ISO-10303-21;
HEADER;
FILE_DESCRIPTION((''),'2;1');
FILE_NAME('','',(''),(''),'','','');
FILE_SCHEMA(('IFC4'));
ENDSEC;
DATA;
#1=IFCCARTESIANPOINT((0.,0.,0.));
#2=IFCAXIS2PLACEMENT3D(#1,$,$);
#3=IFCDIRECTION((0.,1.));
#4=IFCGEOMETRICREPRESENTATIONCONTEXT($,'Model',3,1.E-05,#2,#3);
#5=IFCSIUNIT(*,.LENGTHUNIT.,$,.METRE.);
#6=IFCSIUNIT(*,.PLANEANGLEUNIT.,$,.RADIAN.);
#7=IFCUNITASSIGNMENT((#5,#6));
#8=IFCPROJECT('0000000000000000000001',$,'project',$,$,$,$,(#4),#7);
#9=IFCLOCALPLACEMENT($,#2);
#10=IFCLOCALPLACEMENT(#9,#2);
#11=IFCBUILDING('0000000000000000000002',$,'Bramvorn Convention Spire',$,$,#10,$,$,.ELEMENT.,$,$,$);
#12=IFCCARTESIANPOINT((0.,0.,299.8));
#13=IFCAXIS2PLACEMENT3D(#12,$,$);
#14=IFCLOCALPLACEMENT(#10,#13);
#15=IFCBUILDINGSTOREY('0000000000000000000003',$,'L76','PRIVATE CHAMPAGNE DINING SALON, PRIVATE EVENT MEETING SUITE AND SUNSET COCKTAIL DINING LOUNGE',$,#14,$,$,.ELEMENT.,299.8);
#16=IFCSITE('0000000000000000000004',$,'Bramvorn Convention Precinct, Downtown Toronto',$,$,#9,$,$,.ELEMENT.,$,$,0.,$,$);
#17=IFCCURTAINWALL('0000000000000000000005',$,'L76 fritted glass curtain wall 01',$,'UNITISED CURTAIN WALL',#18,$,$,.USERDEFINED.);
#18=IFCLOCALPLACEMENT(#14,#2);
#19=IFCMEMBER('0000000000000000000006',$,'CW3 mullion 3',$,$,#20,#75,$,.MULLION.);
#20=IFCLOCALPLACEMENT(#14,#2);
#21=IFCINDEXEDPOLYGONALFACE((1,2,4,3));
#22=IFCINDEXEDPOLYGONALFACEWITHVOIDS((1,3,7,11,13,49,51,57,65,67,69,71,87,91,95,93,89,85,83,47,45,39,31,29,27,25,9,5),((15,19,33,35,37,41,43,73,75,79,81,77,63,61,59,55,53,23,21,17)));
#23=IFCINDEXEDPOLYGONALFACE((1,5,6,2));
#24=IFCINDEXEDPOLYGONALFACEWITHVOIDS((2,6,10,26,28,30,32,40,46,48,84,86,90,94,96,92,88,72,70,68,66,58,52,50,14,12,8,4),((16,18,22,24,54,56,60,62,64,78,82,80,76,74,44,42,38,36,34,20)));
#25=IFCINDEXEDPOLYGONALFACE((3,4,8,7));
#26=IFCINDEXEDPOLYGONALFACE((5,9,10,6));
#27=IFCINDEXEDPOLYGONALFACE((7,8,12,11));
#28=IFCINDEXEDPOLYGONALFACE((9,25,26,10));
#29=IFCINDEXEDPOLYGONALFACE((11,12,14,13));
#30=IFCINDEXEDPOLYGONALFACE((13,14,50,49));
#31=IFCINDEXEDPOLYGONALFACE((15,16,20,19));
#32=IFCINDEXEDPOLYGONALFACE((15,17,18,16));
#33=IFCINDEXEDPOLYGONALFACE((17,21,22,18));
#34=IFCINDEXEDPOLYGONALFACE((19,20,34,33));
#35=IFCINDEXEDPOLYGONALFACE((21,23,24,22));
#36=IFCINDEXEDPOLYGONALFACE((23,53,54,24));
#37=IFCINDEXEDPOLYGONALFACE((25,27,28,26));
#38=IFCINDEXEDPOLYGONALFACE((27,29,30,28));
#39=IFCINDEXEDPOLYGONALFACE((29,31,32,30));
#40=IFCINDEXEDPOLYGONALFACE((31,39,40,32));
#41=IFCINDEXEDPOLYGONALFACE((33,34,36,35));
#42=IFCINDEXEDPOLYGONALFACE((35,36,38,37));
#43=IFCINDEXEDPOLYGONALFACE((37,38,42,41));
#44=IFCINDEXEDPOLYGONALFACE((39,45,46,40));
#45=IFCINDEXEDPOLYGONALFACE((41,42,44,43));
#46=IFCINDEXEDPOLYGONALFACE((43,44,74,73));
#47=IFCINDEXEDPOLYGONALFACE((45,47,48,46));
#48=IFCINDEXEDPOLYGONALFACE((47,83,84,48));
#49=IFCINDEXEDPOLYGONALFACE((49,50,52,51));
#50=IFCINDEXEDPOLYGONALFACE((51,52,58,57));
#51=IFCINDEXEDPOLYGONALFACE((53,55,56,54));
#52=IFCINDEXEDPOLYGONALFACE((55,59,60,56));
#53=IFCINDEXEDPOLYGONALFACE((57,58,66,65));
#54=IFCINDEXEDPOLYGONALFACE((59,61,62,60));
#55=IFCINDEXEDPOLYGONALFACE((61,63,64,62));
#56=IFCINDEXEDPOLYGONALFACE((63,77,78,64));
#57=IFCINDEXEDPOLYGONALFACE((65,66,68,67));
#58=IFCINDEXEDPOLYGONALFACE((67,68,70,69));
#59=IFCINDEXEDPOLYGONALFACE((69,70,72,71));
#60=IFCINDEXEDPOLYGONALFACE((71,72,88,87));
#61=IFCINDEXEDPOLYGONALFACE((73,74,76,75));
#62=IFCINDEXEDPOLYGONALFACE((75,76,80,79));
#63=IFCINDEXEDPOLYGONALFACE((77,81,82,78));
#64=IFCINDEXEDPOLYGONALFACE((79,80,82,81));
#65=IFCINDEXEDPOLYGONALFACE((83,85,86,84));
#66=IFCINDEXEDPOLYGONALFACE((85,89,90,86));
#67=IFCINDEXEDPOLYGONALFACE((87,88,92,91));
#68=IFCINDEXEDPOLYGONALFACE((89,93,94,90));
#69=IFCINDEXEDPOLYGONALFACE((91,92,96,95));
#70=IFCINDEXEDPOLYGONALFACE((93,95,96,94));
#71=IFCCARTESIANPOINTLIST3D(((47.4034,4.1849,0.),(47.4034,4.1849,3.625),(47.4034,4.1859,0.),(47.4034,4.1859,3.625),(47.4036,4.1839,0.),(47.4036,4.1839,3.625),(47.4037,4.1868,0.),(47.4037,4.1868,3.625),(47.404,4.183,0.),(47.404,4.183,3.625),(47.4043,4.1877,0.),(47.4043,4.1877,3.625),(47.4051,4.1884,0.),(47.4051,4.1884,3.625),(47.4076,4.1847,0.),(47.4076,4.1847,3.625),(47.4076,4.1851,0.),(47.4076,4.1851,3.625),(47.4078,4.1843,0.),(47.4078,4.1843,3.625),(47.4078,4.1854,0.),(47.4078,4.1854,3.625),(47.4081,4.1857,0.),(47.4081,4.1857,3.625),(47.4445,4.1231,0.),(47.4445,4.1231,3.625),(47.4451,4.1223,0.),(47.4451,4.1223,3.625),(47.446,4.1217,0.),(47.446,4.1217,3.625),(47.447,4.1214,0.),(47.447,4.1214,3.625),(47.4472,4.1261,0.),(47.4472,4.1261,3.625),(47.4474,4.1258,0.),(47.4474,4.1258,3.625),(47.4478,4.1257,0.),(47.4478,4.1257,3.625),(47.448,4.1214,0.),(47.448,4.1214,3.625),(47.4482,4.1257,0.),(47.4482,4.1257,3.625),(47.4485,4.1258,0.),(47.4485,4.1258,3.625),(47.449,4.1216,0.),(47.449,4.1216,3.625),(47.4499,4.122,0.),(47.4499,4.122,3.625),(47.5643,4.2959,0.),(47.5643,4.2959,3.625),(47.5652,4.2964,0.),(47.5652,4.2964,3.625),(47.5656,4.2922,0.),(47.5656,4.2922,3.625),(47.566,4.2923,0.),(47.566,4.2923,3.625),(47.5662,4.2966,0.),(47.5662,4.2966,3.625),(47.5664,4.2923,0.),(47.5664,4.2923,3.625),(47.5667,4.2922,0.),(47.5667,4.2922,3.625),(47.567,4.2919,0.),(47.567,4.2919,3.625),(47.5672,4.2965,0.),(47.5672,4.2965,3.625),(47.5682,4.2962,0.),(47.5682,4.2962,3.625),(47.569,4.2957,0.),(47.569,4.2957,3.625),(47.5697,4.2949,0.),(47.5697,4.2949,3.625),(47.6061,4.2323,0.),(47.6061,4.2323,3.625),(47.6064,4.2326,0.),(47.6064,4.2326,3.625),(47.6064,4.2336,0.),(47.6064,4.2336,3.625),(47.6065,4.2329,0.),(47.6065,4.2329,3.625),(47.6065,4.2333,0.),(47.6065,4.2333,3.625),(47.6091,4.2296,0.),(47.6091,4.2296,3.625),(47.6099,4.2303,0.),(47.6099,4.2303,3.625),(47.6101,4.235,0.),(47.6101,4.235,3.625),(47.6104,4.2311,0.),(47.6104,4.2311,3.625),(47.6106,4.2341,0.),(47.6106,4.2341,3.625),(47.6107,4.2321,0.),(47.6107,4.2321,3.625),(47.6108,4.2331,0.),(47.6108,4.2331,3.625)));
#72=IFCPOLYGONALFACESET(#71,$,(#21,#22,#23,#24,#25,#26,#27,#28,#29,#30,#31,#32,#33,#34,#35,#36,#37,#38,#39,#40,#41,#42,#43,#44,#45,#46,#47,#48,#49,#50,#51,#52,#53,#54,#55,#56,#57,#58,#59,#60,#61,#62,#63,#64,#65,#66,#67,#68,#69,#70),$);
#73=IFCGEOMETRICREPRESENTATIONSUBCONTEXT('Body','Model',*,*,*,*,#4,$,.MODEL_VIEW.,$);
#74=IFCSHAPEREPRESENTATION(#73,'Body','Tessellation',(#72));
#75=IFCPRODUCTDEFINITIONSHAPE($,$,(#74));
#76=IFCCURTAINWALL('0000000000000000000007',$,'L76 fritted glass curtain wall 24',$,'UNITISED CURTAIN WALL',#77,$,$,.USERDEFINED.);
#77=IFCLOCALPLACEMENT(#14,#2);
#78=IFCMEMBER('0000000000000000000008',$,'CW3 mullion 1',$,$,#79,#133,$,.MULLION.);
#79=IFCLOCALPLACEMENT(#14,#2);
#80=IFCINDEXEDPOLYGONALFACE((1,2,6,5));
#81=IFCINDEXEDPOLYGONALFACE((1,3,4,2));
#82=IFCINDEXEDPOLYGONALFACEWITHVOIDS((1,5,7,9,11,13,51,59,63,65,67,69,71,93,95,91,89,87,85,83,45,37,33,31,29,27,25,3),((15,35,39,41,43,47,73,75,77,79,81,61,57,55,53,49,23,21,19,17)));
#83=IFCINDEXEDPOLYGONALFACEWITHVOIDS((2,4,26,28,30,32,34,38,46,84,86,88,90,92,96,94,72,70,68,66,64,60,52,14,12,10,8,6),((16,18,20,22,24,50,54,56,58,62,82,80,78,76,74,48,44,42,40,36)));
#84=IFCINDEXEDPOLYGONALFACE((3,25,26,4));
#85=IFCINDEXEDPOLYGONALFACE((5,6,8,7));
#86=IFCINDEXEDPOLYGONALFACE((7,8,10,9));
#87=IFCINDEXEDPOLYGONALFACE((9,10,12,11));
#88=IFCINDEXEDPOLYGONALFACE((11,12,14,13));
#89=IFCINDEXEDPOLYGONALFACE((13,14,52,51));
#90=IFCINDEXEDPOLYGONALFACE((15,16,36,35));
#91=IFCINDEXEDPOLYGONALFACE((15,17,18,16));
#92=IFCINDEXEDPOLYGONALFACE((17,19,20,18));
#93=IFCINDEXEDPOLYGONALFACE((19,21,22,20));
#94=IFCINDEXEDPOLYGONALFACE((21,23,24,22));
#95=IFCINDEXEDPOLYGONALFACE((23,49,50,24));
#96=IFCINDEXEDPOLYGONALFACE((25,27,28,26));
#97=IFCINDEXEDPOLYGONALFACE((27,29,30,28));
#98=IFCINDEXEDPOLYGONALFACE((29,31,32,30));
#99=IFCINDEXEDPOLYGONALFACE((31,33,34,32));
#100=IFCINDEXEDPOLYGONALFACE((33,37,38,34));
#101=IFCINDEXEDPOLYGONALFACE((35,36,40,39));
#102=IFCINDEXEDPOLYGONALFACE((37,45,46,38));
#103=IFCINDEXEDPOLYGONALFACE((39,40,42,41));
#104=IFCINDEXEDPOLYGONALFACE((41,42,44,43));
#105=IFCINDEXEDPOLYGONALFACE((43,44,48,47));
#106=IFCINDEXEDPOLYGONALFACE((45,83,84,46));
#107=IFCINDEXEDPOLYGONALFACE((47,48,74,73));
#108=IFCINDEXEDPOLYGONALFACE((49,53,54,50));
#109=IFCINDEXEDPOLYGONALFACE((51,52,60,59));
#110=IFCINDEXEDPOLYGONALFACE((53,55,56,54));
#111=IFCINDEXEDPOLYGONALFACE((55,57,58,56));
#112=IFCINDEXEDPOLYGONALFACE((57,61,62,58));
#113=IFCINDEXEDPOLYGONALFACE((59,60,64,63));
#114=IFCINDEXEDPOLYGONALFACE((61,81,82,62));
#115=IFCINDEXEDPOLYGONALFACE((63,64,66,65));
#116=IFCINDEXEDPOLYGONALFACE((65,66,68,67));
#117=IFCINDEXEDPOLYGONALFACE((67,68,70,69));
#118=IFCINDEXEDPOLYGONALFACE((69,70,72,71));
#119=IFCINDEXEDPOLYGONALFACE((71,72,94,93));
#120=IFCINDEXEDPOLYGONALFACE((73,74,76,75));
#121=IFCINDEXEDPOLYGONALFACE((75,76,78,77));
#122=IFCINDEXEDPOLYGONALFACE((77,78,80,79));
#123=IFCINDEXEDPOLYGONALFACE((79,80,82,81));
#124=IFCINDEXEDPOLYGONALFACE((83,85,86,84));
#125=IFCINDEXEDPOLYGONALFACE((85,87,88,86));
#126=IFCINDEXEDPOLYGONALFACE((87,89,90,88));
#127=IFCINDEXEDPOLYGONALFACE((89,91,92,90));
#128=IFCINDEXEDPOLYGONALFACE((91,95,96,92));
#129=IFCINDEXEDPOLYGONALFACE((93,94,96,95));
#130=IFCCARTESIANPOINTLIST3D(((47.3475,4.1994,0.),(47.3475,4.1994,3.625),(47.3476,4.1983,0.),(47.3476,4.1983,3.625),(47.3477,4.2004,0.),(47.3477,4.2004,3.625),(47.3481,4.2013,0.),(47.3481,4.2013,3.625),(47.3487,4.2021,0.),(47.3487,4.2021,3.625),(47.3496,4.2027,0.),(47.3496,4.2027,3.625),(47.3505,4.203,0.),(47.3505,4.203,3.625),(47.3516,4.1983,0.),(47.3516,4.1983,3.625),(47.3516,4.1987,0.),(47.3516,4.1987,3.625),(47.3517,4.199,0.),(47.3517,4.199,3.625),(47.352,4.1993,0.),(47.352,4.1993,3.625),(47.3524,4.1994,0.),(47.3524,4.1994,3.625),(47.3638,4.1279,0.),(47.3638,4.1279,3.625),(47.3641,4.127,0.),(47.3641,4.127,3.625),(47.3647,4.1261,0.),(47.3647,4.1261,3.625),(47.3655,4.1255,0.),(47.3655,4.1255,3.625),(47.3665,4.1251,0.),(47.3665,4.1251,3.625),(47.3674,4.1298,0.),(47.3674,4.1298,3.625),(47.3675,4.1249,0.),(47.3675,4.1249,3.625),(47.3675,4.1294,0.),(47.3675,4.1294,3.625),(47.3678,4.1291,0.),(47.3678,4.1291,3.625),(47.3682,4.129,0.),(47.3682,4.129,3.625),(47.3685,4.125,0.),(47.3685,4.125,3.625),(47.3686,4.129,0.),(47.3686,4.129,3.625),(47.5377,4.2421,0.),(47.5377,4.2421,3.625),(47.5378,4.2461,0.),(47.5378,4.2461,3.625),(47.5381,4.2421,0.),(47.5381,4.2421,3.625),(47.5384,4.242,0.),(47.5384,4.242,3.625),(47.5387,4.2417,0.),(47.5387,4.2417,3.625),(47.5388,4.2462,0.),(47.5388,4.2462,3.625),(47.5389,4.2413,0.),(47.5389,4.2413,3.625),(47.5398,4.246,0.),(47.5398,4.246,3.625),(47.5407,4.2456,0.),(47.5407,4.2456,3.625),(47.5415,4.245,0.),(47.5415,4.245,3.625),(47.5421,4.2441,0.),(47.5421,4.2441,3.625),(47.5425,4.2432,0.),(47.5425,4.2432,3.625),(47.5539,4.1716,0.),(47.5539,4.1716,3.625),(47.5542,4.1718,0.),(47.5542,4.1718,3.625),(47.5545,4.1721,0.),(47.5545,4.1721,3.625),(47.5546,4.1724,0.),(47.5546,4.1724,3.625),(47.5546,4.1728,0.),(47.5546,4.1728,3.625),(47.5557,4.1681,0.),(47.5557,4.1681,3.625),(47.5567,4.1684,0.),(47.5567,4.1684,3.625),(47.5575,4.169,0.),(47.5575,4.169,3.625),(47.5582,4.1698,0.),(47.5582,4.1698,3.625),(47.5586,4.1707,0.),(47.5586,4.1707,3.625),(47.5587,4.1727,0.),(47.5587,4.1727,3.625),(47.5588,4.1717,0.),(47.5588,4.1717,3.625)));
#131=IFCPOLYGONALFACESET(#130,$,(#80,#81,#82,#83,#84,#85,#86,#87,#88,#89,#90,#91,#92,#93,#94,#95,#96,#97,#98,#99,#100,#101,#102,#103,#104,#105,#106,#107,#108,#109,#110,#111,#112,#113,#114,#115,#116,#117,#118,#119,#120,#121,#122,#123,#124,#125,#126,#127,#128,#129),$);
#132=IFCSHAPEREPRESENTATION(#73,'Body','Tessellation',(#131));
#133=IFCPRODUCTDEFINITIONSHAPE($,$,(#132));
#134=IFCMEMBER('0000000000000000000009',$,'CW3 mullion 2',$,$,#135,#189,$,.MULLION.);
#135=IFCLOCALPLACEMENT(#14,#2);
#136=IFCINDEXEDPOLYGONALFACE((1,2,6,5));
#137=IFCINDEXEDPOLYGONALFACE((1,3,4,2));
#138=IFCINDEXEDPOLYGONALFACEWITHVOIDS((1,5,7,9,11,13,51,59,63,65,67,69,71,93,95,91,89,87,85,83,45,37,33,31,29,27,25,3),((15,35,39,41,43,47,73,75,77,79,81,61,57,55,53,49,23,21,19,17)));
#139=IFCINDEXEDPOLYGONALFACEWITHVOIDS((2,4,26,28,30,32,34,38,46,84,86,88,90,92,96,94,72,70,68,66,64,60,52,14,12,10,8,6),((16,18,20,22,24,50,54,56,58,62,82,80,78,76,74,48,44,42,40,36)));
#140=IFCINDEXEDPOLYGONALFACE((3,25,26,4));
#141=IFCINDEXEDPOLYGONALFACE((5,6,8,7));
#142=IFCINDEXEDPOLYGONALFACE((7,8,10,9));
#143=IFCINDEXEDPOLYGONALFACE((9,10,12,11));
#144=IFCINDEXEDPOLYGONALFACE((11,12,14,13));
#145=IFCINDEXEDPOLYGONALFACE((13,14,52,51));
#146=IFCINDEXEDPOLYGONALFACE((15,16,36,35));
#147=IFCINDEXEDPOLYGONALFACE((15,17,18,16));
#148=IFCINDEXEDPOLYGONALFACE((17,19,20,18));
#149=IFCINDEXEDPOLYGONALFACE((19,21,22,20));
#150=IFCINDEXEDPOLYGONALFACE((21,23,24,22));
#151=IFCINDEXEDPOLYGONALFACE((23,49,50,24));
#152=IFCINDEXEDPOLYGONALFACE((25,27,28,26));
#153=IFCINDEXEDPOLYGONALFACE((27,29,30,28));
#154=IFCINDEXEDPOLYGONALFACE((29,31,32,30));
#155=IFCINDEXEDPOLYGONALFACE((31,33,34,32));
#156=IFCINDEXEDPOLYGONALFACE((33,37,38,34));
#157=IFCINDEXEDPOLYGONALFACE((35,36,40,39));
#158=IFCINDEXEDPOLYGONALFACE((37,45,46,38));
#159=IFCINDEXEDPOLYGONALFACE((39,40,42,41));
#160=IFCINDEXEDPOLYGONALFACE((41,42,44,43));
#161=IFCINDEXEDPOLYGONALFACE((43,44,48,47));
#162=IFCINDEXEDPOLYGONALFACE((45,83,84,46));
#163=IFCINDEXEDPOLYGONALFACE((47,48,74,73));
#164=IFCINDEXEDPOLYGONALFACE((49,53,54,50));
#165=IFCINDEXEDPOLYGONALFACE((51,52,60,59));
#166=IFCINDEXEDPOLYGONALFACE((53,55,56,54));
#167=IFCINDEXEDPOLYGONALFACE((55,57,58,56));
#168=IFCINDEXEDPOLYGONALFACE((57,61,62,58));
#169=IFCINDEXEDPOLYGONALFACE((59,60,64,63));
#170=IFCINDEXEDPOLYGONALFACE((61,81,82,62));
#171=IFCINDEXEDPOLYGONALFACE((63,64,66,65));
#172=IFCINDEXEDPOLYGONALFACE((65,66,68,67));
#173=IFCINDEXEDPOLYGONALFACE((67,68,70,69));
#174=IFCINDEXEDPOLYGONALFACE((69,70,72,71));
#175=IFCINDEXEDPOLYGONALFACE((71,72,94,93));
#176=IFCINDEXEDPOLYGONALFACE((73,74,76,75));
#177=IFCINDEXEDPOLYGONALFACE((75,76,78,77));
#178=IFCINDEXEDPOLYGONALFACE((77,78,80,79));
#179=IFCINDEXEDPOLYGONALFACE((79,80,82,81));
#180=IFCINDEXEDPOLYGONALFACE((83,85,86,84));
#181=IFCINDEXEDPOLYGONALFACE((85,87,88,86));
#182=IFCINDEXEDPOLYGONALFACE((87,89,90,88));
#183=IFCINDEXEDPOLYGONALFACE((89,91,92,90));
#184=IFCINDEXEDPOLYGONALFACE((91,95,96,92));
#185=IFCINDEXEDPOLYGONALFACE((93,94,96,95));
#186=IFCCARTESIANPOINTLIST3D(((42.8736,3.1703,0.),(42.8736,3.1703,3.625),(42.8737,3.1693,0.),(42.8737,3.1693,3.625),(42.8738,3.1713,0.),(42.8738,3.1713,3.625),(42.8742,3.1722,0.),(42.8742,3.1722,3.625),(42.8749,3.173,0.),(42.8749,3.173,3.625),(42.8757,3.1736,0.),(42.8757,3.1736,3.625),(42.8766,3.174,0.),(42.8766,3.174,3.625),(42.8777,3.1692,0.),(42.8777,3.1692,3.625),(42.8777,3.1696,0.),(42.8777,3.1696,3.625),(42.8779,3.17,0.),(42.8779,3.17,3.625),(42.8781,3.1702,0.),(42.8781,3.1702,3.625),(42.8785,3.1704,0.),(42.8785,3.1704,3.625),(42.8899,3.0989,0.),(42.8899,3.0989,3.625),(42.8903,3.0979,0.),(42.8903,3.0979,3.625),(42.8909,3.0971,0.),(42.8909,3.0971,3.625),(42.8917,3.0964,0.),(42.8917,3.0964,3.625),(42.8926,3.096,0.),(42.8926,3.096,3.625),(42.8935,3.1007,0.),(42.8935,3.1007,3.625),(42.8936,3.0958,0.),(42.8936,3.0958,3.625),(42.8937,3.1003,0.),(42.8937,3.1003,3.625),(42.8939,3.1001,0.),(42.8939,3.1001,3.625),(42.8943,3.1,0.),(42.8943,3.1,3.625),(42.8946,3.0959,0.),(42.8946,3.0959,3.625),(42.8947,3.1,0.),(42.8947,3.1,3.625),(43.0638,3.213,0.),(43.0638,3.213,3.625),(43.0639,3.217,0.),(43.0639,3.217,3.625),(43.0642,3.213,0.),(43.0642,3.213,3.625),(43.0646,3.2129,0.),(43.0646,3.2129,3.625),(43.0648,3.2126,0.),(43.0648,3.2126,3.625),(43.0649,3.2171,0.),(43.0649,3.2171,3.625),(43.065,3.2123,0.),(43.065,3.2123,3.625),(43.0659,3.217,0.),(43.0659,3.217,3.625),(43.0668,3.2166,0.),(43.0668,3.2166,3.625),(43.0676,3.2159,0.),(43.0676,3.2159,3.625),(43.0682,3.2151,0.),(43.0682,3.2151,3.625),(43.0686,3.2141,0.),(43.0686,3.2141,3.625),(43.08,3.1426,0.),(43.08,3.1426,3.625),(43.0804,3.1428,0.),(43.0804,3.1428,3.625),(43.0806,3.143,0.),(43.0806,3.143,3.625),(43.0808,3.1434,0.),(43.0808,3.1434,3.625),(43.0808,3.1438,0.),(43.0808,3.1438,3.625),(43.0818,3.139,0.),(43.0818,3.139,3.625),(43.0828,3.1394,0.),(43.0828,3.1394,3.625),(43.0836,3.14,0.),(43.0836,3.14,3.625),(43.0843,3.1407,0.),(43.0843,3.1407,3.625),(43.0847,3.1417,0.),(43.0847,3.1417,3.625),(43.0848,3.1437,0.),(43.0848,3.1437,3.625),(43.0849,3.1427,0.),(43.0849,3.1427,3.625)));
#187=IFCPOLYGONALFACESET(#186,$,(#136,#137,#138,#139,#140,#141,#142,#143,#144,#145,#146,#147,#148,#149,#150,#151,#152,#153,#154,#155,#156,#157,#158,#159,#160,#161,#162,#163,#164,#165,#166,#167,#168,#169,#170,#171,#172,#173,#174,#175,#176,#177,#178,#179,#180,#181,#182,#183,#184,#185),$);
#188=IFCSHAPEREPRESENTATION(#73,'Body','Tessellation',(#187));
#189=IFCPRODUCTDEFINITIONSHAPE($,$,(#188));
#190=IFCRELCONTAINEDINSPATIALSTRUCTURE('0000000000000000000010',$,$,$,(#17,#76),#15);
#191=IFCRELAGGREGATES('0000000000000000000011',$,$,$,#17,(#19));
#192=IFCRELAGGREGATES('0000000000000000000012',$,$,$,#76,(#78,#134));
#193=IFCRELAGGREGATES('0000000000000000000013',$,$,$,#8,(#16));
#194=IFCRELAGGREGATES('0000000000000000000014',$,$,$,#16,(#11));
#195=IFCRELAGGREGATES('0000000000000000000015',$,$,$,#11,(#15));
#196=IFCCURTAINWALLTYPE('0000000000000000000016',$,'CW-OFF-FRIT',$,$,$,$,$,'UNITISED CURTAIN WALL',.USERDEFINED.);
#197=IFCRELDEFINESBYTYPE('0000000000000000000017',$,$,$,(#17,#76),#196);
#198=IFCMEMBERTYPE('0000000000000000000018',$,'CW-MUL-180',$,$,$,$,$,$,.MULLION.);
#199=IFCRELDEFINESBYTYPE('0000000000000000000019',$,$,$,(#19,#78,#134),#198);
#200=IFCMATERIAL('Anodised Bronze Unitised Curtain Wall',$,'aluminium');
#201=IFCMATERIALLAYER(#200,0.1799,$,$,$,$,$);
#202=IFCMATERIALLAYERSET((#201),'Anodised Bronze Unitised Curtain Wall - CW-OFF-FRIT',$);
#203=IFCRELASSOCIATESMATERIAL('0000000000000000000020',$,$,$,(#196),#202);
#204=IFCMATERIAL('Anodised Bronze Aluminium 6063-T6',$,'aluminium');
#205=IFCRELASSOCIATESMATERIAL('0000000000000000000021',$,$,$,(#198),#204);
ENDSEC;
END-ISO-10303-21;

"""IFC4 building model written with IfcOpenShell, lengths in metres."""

from ifc_helpers import new_model, si_unit, direction, frame, origin, origin_2d, place, context, subcontext, project, spatial, hollow_rectangle, extrude, material, layer, layer_set, material_profile, profile_set, type_object, element, aggregate, save


model = new_model("IFC4")

# Units and contexts
model_context = context("Model", 3, precision=1e-05, world=origin(), true_north=direction((0.0, 1.0)))
body_context = subcontext(model_context, "Body", "Model", "MODEL_VIEW")
ifc_project = project(units=[si_unit("LENGTHUNIT", "METRE"), si_unit("PLANEANGLEUNIT", "RADIAN")], contexts=[model_context])

# Site, building, storey
site_placement = place(None, origin())
site = spatial("IfcSite", under=ifc_project, at=site_placement, Name="Bramvorn Convention Precinct, Downtown Toronto", CompositionType="ELEMENT", RefElevation=0.0)
building_placement = place(site_placement, origin())
building = spatial("IfcBuilding", under=site, at=building_placement, Name="Bramvorn Convention Spire", CompositionType="ELEMENT")
storey_placement = place(building_placement, frame((0.0, 0.0, 299.8)))
storey = spatial("IfcBuildingStorey", under=building, at=storey_placement, Name="L76", Description="PRIVATE CHAMPAGNE DINING SALON, PRIVATE EVENT MEETING SUITE AND SUNSET COCKTAIL DINING LOUNGE", CompositionType="ELEMENT", Elevation=299.8)

# Curtain wall, member
ifc_material_1 = material(Name="Anodised Bronze Unitised Curtain Wall", Category="aluminium")
ifc_layer_1 = layer(ifc_material_1, 0.1799)
ifc_layer_set_1 = layer_set([ifc_layer_1], Name="Anodised Bronze Unitised Curtain Wall - CW-OFF-FRIT")
curtain_wall_type = type_object("IfcCurtainWallType", Name="CW-OFF-FRIT", ElementType="UNITISED CURTAIN WALL", PredefinedType="USERDEFINED", material=ifc_layer_set_1)
curtain_wall_1_placement = place(storey_placement, origin())
curtain_wall_1 = element("IfcCurtainWall", 1, at=curtain_wall_1_placement, inside=storey, type_object=curtain_wall_type, Name="L76 fritted glass curtain wall 01", ObjectType="UNITISED CURTAIN WALL", PredefinedType="USERDEFINED")
ifc_material_2 = material(Name="Anodised Bronze Aluminium 6063-T6", Category="aluminium")
ifc_material_profile_1 = material_profile(ifc_material_2, hollow_rectangle(XDim=0.0801, YDim=0.2, WallThickness=0.0039, InnerFilletRadius=0.001, OuterFilletRadius=0.0039, at=origin_2d()))
ifc_profile_set_1 = profile_set([ifc_material_profile_1], Name="Anodised Bronze Aluminium 6063-T6 - CWM80X200")
member_type_1 = type_object("IfcMemberType", Name="CW-MUL-180", PredefinedType="MULLION", material=ifc_profile_set_1)
member_1_placement = place(storey_placement, frame((47.5071, 4.209, 0.0), z_axis=(0.0, 0.0, 1.0), x_axis=(0.559865, -0.828584, 0.0)))
member_1 = element("IfcMember", 2, at=member_1_placement, type_object=member_type_1, Name="CW3 mullion 3", PredefinedType="MULLION", context=body_context, shape_type="SweptSolid", body=[
    extrude(hollow_rectangle(XDim=0.0801, YDim=0.2, WallThickness=0.0039, InnerFilletRadius=0.001, OuterFilletRadius=0.0039, at=origin_2d()), origin(), (0.0, 0.0, 1.0), 3.625),
])

# Curtain wall, members
curtain_wall_2_placement = place(storey_placement, origin())
curtain_wall_2 = element("IfcCurtainWall", 3, at=curtain_wall_2_placement, inside=storey, type_object=curtain_wall_type, Name="L76 fritted glass curtain wall 24", ObjectType="UNITISED CURTAIN WALL", PredefinedType="USERDEFINED")
member_2_placement = place(storey_placement, frame((47.4531, 4.1855, 0.0), z_axis=(0.0, 0.0, 1.0), x_axis=(0.224162, -0.974552, 0.0)))
member_2 = element("IfcMember", 4, at=member_2_placement, type_object=member_type_1, Name="CW3 mullion 1", PredefinedType="MULLION", context=body_context, shape_type="SweptSolid", body=[
    extrude(hollow_rectangle(XDim=0.0801, YDim=0.2, WallThickness=0.0039, InnerFilletRadius=0.001, OuterFilletRadius=0.0039, at=origin_2d()), origin(), (0.0, 0.0, 1.0), 3.625),
])
member_3_placement = place(storey_placement, frame((42.9792, 3.1565, 0.0), z_axis=(0.0, 0.0, 1.0), x_axis=(0.224162, -0.974552, 0.0)))
member_3 = element("IfcMember", 5, at=member_3_placement, type_object=member_type_1, Name="CW3 mullion 2", PredefinedType="MULLION", context=body_context, shape_type="SweptSolid", body=[
    extrude(hollow_rectangle(XDim=0.0801, YDim=0.2, WallThickness=0.0039, InnerFilletRadius=0.001, OuterFilletRadius=0.0039, at=origin_2d()), origin(), (0.0, 0.0, 1.0), 3.625),
])

aggregate(curtain_wall_1, [member_1])
aggregate(curtain_wall_2, [member_2, member_3])

save(model, "model.ifc")
